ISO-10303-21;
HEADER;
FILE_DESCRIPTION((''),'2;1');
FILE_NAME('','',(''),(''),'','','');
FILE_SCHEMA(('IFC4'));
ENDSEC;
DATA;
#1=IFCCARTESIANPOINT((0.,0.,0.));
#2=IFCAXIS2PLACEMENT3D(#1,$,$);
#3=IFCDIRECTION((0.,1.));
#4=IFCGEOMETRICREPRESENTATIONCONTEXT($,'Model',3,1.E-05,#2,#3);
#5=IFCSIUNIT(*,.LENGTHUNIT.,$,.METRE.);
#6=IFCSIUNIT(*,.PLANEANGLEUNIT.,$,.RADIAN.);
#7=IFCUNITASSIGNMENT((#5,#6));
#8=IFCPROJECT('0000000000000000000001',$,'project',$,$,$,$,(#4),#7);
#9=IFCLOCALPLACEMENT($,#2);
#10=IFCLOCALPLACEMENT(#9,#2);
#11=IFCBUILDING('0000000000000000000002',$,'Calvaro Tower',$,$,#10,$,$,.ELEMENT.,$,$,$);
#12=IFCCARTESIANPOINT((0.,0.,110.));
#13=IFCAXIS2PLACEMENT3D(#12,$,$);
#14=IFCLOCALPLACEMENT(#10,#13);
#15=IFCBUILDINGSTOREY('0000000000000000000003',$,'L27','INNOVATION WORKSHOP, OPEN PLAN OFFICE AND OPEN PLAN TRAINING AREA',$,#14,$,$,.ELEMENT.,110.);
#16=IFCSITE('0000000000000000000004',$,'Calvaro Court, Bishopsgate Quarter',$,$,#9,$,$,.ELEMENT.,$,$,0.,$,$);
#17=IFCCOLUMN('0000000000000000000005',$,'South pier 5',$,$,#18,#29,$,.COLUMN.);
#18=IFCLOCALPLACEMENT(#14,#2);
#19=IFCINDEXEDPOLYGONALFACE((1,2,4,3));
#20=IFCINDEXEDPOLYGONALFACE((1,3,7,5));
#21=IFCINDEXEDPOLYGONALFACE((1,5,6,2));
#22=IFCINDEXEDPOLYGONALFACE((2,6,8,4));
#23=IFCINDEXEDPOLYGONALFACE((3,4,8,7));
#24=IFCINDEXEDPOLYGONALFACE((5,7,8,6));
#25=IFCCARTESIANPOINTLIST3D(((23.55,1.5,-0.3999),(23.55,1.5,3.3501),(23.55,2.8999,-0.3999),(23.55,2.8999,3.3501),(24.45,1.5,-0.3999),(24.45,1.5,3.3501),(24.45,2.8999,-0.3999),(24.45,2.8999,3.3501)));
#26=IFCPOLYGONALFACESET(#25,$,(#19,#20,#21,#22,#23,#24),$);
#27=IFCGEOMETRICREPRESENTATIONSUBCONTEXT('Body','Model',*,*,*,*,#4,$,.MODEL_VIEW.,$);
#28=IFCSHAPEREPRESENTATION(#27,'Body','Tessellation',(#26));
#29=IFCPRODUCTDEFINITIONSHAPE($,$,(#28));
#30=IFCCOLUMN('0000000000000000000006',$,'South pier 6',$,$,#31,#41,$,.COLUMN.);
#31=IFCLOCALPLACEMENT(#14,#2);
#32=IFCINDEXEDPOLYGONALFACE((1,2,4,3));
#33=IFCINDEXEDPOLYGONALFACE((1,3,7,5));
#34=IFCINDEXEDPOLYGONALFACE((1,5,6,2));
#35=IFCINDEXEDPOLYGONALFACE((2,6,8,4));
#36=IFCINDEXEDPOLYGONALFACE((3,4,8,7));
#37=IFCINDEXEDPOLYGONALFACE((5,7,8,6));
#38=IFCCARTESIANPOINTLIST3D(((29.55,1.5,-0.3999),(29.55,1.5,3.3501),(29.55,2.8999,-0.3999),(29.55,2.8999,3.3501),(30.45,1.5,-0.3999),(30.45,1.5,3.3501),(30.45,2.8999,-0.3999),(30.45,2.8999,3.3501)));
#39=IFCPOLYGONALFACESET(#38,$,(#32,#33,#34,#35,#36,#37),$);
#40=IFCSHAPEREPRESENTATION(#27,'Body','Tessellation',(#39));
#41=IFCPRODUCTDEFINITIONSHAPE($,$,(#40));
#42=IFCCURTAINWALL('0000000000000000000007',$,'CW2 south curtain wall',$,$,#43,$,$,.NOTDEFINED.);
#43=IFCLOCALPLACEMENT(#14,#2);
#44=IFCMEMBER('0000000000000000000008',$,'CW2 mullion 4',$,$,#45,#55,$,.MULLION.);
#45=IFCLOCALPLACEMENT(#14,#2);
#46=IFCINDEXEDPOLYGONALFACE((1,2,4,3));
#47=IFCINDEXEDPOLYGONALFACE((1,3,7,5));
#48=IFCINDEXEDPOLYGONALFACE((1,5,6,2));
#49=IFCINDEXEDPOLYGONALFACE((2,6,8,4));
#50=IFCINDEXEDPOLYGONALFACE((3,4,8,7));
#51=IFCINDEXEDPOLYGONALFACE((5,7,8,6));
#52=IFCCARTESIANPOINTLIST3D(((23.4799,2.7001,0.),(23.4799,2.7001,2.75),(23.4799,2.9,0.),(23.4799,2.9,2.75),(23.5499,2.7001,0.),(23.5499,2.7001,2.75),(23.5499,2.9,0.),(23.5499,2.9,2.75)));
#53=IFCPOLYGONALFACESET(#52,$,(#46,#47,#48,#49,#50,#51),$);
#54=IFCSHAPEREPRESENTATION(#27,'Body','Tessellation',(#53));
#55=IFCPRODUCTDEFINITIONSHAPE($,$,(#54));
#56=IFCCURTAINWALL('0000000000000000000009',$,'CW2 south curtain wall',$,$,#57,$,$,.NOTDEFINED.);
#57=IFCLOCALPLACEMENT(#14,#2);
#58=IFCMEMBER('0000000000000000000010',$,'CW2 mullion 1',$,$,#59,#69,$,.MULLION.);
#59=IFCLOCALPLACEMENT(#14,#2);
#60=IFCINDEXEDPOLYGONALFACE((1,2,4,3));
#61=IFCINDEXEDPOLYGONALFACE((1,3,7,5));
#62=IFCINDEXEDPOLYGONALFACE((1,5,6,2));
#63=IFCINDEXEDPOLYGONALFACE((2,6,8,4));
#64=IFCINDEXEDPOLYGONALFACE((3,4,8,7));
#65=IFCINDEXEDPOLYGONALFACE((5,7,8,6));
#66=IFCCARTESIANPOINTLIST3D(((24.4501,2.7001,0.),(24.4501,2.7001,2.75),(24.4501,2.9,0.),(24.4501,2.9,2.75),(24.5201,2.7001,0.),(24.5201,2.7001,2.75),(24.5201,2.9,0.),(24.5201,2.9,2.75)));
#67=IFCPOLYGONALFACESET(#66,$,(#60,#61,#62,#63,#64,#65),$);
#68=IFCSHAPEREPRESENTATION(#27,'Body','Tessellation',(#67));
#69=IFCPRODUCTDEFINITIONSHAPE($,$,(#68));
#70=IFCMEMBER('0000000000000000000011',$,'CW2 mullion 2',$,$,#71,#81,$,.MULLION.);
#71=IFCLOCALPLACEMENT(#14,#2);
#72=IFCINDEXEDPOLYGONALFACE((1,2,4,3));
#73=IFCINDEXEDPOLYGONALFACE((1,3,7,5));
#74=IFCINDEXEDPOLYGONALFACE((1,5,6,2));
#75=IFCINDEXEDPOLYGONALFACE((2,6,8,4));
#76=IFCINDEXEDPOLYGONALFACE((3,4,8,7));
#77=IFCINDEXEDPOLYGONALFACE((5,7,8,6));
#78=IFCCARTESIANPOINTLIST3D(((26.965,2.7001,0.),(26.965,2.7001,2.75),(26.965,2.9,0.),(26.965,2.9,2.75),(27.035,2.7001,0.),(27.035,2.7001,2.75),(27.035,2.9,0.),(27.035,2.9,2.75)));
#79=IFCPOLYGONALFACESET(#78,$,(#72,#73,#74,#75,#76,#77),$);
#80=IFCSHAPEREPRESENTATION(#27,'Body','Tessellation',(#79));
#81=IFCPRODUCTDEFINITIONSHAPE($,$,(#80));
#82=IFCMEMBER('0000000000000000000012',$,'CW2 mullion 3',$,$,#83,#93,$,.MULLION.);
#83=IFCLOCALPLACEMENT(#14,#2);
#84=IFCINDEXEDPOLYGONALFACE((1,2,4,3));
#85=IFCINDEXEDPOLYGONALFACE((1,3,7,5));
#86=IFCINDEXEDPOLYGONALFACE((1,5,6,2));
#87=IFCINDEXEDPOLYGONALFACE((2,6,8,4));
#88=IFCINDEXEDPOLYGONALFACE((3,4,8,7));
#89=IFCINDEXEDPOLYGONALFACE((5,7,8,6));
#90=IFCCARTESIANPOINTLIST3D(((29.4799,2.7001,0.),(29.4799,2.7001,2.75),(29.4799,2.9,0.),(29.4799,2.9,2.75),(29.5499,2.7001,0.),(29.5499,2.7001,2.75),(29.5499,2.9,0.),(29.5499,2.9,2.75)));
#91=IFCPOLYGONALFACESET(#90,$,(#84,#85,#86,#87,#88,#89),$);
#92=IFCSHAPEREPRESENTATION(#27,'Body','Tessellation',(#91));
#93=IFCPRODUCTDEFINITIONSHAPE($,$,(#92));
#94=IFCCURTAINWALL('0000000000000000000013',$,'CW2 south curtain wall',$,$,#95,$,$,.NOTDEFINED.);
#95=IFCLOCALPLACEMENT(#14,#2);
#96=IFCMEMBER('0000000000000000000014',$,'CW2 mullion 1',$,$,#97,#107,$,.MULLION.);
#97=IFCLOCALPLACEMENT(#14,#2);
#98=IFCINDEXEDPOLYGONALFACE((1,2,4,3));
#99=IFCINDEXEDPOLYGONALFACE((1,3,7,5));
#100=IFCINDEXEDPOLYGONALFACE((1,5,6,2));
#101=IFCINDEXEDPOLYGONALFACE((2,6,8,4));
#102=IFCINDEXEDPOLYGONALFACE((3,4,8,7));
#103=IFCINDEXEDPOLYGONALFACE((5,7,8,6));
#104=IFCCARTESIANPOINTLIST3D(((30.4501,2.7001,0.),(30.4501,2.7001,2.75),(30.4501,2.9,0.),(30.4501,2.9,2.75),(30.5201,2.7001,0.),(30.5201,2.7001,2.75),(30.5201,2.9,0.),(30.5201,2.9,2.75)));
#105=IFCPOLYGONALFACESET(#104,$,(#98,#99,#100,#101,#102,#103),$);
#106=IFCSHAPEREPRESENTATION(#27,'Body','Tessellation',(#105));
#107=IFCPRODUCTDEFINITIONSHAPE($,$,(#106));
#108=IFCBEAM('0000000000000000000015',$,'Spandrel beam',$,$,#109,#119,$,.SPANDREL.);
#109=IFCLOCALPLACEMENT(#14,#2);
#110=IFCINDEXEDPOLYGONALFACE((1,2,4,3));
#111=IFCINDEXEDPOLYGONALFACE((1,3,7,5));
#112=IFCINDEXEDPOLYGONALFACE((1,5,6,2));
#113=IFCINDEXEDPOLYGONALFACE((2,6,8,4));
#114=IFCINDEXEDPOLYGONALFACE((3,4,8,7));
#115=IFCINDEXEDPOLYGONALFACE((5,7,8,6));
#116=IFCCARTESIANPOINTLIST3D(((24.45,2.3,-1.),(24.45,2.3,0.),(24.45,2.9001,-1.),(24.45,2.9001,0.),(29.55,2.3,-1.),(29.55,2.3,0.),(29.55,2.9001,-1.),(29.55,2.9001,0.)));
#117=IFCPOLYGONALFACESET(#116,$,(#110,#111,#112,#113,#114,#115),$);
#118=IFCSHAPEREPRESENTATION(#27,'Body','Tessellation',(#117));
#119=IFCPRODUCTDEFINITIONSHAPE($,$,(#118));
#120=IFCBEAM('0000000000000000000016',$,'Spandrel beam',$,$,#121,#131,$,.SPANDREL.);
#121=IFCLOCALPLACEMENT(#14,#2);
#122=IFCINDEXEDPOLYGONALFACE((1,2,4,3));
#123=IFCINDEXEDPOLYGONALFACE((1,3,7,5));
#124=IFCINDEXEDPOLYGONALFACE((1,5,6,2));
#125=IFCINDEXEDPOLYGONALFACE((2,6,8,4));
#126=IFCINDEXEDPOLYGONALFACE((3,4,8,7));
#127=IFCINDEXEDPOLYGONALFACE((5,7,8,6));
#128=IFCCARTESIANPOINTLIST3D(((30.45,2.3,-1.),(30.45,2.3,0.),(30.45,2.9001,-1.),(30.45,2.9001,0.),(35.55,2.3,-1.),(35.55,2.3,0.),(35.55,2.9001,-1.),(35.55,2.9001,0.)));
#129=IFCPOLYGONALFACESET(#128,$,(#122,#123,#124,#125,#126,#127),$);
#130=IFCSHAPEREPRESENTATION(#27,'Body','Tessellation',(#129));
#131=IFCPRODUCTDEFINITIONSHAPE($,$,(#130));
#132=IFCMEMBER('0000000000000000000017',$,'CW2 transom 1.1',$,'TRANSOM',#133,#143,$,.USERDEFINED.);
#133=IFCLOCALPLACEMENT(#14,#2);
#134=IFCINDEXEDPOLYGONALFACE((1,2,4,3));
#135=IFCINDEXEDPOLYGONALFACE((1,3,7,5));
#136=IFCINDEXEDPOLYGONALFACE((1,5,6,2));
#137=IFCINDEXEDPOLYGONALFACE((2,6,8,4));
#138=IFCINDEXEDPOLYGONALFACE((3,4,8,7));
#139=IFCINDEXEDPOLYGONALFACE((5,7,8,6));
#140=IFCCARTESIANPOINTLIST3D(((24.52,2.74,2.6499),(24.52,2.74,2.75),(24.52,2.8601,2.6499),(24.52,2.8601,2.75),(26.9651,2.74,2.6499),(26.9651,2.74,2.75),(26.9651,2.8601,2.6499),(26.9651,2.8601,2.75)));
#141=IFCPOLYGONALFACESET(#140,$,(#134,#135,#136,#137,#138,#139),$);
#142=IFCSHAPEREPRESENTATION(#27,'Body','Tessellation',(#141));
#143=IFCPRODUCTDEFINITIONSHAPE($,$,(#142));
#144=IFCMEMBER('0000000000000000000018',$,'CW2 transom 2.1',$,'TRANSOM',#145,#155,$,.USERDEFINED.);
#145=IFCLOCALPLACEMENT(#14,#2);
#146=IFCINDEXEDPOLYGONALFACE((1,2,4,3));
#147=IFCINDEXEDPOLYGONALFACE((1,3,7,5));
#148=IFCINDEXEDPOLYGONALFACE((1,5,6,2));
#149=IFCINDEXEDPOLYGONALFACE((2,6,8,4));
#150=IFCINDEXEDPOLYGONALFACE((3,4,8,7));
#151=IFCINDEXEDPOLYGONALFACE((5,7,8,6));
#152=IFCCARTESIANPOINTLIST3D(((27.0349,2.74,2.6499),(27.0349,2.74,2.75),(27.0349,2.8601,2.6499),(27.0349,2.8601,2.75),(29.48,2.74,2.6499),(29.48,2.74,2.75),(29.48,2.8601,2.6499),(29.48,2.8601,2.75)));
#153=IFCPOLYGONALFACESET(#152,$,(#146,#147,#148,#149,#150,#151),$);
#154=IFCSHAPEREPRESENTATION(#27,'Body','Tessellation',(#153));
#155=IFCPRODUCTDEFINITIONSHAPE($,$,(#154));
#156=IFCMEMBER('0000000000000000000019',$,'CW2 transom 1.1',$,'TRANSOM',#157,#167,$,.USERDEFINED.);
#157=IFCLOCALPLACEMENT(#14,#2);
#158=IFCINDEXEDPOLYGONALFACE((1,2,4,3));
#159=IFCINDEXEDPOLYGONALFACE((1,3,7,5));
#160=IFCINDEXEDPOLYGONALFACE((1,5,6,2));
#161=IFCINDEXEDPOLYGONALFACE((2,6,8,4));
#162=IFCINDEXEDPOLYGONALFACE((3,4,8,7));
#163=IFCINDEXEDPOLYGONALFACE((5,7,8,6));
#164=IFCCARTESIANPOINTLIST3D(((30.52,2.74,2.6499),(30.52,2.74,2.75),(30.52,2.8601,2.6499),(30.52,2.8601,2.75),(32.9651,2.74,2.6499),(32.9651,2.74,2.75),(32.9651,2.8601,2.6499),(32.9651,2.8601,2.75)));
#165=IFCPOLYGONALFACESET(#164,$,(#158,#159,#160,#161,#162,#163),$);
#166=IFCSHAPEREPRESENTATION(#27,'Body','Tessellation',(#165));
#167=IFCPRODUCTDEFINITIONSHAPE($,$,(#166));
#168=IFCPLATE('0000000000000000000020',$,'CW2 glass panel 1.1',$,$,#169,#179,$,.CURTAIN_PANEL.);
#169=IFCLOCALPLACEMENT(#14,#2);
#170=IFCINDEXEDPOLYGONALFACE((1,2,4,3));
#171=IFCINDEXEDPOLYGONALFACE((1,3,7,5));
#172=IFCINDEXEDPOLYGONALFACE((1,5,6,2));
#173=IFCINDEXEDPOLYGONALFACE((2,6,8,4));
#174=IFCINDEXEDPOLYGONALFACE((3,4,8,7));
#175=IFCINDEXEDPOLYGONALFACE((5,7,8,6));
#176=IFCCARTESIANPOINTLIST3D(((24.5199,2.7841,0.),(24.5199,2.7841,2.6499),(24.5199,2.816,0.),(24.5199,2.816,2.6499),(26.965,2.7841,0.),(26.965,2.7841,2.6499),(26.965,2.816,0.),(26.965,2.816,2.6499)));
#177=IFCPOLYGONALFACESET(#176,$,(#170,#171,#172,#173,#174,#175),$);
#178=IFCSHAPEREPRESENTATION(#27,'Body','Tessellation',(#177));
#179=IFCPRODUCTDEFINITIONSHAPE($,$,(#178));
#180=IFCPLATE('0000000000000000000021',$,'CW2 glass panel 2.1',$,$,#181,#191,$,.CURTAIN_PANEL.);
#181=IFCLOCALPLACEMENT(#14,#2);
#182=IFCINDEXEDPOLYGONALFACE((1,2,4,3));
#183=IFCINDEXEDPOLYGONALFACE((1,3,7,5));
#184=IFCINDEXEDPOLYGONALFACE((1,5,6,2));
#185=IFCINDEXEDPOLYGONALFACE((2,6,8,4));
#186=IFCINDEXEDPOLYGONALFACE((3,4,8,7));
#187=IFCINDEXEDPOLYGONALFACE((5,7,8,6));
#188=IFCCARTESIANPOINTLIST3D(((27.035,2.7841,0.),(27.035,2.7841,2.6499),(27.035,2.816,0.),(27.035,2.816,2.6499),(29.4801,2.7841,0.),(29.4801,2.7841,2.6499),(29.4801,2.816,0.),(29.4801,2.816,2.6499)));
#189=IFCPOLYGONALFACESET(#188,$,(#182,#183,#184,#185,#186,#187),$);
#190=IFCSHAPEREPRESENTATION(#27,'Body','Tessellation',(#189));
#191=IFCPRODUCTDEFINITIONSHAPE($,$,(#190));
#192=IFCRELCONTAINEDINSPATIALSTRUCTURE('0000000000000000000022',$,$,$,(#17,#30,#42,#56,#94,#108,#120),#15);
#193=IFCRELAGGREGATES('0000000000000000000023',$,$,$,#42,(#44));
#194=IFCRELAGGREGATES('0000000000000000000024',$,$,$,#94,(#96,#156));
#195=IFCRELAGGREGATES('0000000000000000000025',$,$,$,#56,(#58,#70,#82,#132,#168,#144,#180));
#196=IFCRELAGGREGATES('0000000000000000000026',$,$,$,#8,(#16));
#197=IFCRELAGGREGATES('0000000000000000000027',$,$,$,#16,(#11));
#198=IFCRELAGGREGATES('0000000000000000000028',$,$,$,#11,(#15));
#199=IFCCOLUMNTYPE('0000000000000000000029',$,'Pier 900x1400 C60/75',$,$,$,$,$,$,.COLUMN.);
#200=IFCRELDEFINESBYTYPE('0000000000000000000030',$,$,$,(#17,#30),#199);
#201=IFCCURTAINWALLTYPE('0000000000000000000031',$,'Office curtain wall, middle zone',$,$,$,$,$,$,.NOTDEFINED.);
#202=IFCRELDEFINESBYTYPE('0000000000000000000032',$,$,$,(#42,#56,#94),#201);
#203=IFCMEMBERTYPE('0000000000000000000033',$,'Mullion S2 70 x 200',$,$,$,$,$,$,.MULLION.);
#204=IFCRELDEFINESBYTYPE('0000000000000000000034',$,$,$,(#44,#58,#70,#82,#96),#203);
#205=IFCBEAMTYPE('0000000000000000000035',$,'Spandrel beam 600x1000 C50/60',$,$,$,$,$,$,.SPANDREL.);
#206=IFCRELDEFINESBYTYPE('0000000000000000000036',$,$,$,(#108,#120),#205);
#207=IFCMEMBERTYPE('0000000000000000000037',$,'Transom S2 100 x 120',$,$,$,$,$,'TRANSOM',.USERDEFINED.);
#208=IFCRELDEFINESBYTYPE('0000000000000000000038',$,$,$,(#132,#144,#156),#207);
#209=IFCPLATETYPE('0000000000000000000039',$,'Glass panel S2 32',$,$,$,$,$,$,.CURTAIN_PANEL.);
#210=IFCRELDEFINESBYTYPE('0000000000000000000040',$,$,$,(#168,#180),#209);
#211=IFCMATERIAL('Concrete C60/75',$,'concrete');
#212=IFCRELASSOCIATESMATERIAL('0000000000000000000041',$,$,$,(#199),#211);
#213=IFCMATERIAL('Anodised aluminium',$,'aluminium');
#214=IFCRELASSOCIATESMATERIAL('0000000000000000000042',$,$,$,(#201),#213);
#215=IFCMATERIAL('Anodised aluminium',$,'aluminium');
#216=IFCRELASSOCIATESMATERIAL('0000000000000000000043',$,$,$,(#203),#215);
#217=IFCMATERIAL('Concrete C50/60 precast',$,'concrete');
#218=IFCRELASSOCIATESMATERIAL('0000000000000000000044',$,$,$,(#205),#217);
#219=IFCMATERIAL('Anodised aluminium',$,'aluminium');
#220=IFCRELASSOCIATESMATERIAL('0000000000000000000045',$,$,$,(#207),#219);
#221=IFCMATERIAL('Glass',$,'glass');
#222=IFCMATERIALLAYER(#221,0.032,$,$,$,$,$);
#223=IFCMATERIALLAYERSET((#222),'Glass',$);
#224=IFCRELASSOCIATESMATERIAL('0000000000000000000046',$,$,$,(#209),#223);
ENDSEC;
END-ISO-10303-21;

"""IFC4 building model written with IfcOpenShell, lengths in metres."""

from ifc_helpers import new_model, si_unit, direction, frame, origin, origin_2d, place, context, subcontext, project, spatial, rectangle, extrude, material, layer, layer_set, material_profile, profile_set, type_object, element, aggregate, save


model = new_model("IFC4")

# Units and contexts
model_context = context("Model", 3, precision=1e-05, world=origin(), true_north=direction((0.0, 1.0)))
body_context = subcontext(model_context, "Body", "Model", "MODEL_VIEW")
ifc_project = project(units=[si_unit("LENGTHUNIT", "METRE"), si_unit("PLANEANGLEUNIT", "RADIAN")], contexts=[model_context])

# Site, building, storey
site_placement = place(None, origin())
site = spatial("IfcSite", under=ifc_project, at=site_placement, Name="Calvaro Court, Bishopsgate Quarter", CompositionType="ELEMENT", RefElevation=0.0)
building_placement = place(site_placement, origin())
building = spatial("IfcBuilding", under=site, at=building_placement, Name="Calvaro Tower", CompositionType="ELEMENT")
storey_placement = place(building_placement, frame((0.0, 0.0, 110.0)))
storey = spatial("IfcBuildingStorey", under=building, at=storey_placement, Name="L27", Description="INNOVATION WORKSHOP, OPEN PLAN OFFICE AND OPEN PLAN TRAINING AREA", CompositionType="ELEMENT", Elevation=110.0)

# Columns
ifc_material_1 = material(Name="Concrete C60/75", Category="concrete")
ifc_material_profile_1 = material_profile(ifc_material_1, rectangle(XDim=0.8999, YDim=1.3999, at=origin_2d()), Name="RC 900x1400")
ifc_profile_set_1 = profile_set([ifc_material_profile_1], Name="Concrete C60/75")
column_type = type_object("IfcColumnType", Name="Pier 900x1400 C60/75", PredefinedType="COLUMN", material=ifc_profile_set_1)
for number, where, z_axis, x_axis, name in (
    (1, (24.0, 2.2, -0.3999), (0.0, 0.0, 1.0), (1.0, 0.0, 0.0), "South pier 5"),
    (2, (30.0, 2.2, -0.3999), (0.0, 0.0, 1.0), (1.0, 0.0, 0.0), "South pier 6"),
):
    element("IfcColumn", number, at=place(storey_placement, frame(where, z_axis=z_axis, x_axis=x_axis)), inside=storey, type_object=column_type, Name=name, PredefinedType="COLUMN", context=body_context, shape_type="SweptSolid", body=[
        extrude(rectangle(XDim=0.8999, YDim=1.3999, at=origin_2d()), origin(), (0.0, 0.0, 1.0), 3.75),
    ])

# Curtain wall, member
ifc_material_2 = material(Name="Anodised aluminium", Category="aluminium")
curtain_wall_type = type_object("IfcCurtainWallType", Name="Office curtain wall, middle zone", PredefinedType="NOTDEFINED", material=ifc_material_2)
curtain_wall_1_placement = place(storey_placement, origin())
curtain_wall_1 = element("IfcCurtainWall", 3, at=curtain_wall_1_placement, inside=storey, type_object=curtain_wall_type, Name="CW2 south curtain wall", PredefinedType="NOTDEFINED")
ifc_material_3 = material(Name="Anodised aluminium", Category="aluminium")
ifc_material_profile_2 = material_profile(ifc_material_3, rectangle(XDim=0.2, YDim=0.0701, at=origin_2d()), Name="Mullion S2 70 x 200")
ifc_profile_set_2 = profile_set([ifc_material_profile_2], Name="Anodised aluminium")
member_type_1 = type_object("IfcMemberType", Name="Mullion S2 70 x 200", PredefinedType="MULLION", material=ifc_profile_set_2)
member_1_placement = place(storey_placement, frame((23.5149, 2.8, 0.0), z_axis=(0.0, 0.0, 1.0), x_axis=(0.0, 1.0, 0.0)))
member_1 = element("IfcMember", 4, at=member_1_placement, type_object=member_type_1, Name="CW2 mullion 4", PredefinedType="MULLION", context=body_context, shape_type="SweptSolid", body=[
    extrude(rectangle(XDim=0.2, YDim=0.0701, at=origin_2d()), origin(), (0.0, 0.0, 1.0), 2.75),
])
aggregate(curtain_wall_1, [member_1])

# Curtain wall, members
curtain_wall_2_placement = place(storey_placement, origin())
curtain_wall_2 = element("IfcCurtainWall", 5, at=curtain_wall_2_placement, inside=storey, type_object=curtain_wall_type, Name="CW2 south curtain wall", PredefinedType="NOTDEFINED")
member_2_placement = place(storey_placement, frame((24.4851, 2.8, 0.0), z_axis=(0.0, 0.0, 1.0), x_axis=(0.0, 1.0, 0.0)))
member_2 = element("IfcMember", 6, at=member_2_placement, type_object=member_type_1, Name="CW2 mullion 1", PredefinedType="MULLION", context=body_context, shape_type="SweptSolid", body=[
    extrude(rectangle(XDim=0.2, YDim=0.0701, at=origin_2d()), origin(), (0.0, 0.0, 1.0), 2.75),
])
member_3_placement = place(storey_placement, frame((27.0, 2.8, 0.0), z_axis=(0.0, 0.0, 1.0), x_axis=(0.0, 1.0, 0.0)))
member_3 = element("IfcMember", 7, at=member_3_placement, type_object=member_type_1, Name="CW2 mullion 2", PredefinedType="MULLION", context=body_context, shape_type="SweptSolid", body=[
    extrude(rectangle(XDim=0.2, YDim=0.0701, at=origin_2d()), origin(), (0.0, 0.0, 1.0), 2.75),
])
member_4_placement = place(storey_placement, frame((29.5149, 2.8, 0.0), z_axis=(0.0, 0.0, 1.0), x_axis=(0.0, 1.0, 0.0)))
member_4 = element("IfcMember", 8, at=member_4_placement, type_object=member_type_1, Name="CW2 mullion 3", PredefinedType="MULLION", context=body_context, shape_type="SweptSolid", body=[
    extrude(rectangle(XDim=0.2, YDim=0.0701, at=origin_2d()), origin(), (0.0, 0.0, 1.0), 2.75),
])

# Curtain wall, member
curtain_wall_3_placement = place(storey_placement, origin())
curtain_wall_3 = element("IfcCurtainWall", 9, at=curtain_wall_3_placement, inside=storey, type_object=curtain_wall_type, Name="CW2 south curtain wall", PredefinedType="NOTDEFINED")
member_5_placement = place(storey_placement, frame((30.4851, 2.8, 0.0), z_axis=(0.0, 0.0, 1.0), x_axis=(0.0, 1.0, 0.0)))
member_5 = element("IfcMember", 10, at=member_5_placement, type_object=member_type_1, Name="CW2 mullion 1", PredefinedType="MULLION", context=body_context, shape_type="SweptSolid", body=[
    extrude(rectangle(XDim=0.2, YDim=0.0701, at=origin_2d()), origin(), (0.0, 0.0, 1.0), 2.75),
])

# Beams
ifc_material_4 = material(Name="Concrete C50/60 precast", Category="concrete")
ifc_material_profile_3 = material_profile(ifc_material_4, rectangle(XDim=0.6001, YDim=1.0, at=origin_2d()), Name="RC 600x1000")
ifc_profile_set_3 = profile_set([ifc_material_profile_3], Name="Concrete C50/60 precast")
beam_type = type_object("IfcBeamType", Name="Spandrel beam 600x1000 C50/60", PredefinedType="SPANDREL", material=ifc_profile_set_3)
for number, where, z_axis, x_axis, name in (
    (11, (24.45, 2.6001, -0.5), (1.0, 0.0, 0.0), (0.0, 1.0, 0.0), "Spandrel beam"),
    (12, (30.45, 2.6001, -0.5), (1.0, 0.0, 0.0), (0.0, 1.0, 0.0), "Spandrel beam"),
):
    element("IfcBeam", number, at=place(storey_placement, frame(where, z_axis=z_axis, x_axis=x_axis)), inside=storey, type_object=beam_type, Name=name, PredefinedType="SPANDREL", context=body_context, shape_type="SweptSolid", body=[
        extrude(rectangle(XDim=0.6001, YDim=1.0, at=origin_2d()), origin(), (0.0, 0.0, 1.0), 5.1001),
    ])

# Members
ifc_material_5 = material(Name="Anodised aluminium", Category="aluminium")
ifc_material_profile_4 = material_profile(ifc_material_5, rectangle(XDim=0.1201, YDim=0.1001, at=origin_2d()), Name="Transom S2 100 x 120")
ifc_profile_set_4 = profile_set([ifc_material_profile_4], Name="Anodised aluminium")
member_type_2 = type_object("IfcMemberType", Name="Transom S2 100 x 120", ElementType="TRANSOM", PredefinedType="USERDEFINED", material=ifc_profile_set_4)
member_6_placement = place(storey_placement, frame((24.52, 2.8, 2.7), z_axis=(1.0, 0.0, 0.0), x_axis=(0.0, 1.0, 0.0)))
member_6 = element("IfcMember", 13, at=member_6_placement, type_object=member_type_2, Name="CW2 transom 1.1", ObjectType="TRANSOM", PredefinedType="USERDEFINED", context=body_context, shape_type="SweptSolid", body=[
    extrude(rectangle(XDim=0.1201, YDim=0.1001, at=origin_2d()), origin(), (0.0, 0.0, 1.0), 2.4451),
])
member_7_placement = place(storey_placement, frame((27.0349, 2.8, 2.7), z_axis=(1.0, 0.0, 0.0), x_axis=(0.0, 1.0, 0.0)))
member_7 = element("IfcMember", 14, at=member_7_placement, type_object=member_type_2, Name="CW2 transom 2.1", ObjectType="TRANSOM", PredefinedType="USERDEFINED", context=body_context, shape_type="SweptSolid", body=[
    extrude(rectangle(XDim=0.1201, YDim=0.1001, at=origin_2d()), origin(), (0.0, 0.0, 1.0), 2.4451),
])
member_8_placement = place(storey_placement, frame((30.52, 2.8, 2.7), z_axis=(1.0, 0.0, 0.0), x_axis=(0.0, 1.0, 0.0)))
member_8 = element("IfcMember", 15, at=member_8_placement, type_object=member_type_2, Name="CW2 transom 1.1", ObjectType="TRANSOM", PredefinedType="USERDEFINED", context=body_context, shape_type="SweptSolid", body=[
    extrude(rectangle(XDim=0.1201, YDim=0.1001, at=origin_2d()), origin(), (0.0, 0.0, 1.0), 2.4451),
])
aggregate(curtain_wall_3, [member_5, member_8])

# Plates
ifc_material_6 = material(Name="Glass", Category="glass")
ifc_layer = layer(ifc_material_6, 0.032)
ifc_layer_set = layer_set([ifc_layer], Name="Glass")
plate_type = type_object("IfcPlateType", Name="Glass panel S2 32", PredefinedType="CURTAIN_PANEL", material=ifc_layer_set)
plate_1_placement = place(storey_placement, frame((25.7424, 2.8, 0.0), z_axis=(0.0, 0.0, 1.0), x_axis=(1.0, 0.0, 0.0)))
plate_1 = element("IfcPlate", 16, at=plate_1_placement, type_object=plate_type, Name="CW2 glass panel 1.1", PredefinedType="CURTAIN_PANEL", context=body_context, shape_type="SweptSolid", body=[
    extrude(rectangle(XDim=2.4451, YDim=0.032, at=origin_2d()), origin(), (0.0, 0.0, 1.0), 2.6499),
])
plate_2_placement = place(storey_placement, frame((28.2576, 2.8, 0.0), z_axis=(0.0, 0.0, 1.0), x_axis=(1.0, 0.0, 0.0)))
plate_2 = element("IfcPlate", 17, at=plate_2_placement, type_object=plate_type, Name="CW2 glass panel 2.1", PredefinedType="CURTAIN_PANEL", context=body_context, shape_type="SweptSolid", body=[
    extrude(rectangle(XDim=2.4451, YDim=0.032, at=origin_2d()), origin(), (0.0, 0.0, 1.0), 2.6499),
])
aggregate(curtain_wall_2, [member_2, member_3, member_4, member_6, plate_1, member_7, plate_2])

save(model, "model.ifc")
